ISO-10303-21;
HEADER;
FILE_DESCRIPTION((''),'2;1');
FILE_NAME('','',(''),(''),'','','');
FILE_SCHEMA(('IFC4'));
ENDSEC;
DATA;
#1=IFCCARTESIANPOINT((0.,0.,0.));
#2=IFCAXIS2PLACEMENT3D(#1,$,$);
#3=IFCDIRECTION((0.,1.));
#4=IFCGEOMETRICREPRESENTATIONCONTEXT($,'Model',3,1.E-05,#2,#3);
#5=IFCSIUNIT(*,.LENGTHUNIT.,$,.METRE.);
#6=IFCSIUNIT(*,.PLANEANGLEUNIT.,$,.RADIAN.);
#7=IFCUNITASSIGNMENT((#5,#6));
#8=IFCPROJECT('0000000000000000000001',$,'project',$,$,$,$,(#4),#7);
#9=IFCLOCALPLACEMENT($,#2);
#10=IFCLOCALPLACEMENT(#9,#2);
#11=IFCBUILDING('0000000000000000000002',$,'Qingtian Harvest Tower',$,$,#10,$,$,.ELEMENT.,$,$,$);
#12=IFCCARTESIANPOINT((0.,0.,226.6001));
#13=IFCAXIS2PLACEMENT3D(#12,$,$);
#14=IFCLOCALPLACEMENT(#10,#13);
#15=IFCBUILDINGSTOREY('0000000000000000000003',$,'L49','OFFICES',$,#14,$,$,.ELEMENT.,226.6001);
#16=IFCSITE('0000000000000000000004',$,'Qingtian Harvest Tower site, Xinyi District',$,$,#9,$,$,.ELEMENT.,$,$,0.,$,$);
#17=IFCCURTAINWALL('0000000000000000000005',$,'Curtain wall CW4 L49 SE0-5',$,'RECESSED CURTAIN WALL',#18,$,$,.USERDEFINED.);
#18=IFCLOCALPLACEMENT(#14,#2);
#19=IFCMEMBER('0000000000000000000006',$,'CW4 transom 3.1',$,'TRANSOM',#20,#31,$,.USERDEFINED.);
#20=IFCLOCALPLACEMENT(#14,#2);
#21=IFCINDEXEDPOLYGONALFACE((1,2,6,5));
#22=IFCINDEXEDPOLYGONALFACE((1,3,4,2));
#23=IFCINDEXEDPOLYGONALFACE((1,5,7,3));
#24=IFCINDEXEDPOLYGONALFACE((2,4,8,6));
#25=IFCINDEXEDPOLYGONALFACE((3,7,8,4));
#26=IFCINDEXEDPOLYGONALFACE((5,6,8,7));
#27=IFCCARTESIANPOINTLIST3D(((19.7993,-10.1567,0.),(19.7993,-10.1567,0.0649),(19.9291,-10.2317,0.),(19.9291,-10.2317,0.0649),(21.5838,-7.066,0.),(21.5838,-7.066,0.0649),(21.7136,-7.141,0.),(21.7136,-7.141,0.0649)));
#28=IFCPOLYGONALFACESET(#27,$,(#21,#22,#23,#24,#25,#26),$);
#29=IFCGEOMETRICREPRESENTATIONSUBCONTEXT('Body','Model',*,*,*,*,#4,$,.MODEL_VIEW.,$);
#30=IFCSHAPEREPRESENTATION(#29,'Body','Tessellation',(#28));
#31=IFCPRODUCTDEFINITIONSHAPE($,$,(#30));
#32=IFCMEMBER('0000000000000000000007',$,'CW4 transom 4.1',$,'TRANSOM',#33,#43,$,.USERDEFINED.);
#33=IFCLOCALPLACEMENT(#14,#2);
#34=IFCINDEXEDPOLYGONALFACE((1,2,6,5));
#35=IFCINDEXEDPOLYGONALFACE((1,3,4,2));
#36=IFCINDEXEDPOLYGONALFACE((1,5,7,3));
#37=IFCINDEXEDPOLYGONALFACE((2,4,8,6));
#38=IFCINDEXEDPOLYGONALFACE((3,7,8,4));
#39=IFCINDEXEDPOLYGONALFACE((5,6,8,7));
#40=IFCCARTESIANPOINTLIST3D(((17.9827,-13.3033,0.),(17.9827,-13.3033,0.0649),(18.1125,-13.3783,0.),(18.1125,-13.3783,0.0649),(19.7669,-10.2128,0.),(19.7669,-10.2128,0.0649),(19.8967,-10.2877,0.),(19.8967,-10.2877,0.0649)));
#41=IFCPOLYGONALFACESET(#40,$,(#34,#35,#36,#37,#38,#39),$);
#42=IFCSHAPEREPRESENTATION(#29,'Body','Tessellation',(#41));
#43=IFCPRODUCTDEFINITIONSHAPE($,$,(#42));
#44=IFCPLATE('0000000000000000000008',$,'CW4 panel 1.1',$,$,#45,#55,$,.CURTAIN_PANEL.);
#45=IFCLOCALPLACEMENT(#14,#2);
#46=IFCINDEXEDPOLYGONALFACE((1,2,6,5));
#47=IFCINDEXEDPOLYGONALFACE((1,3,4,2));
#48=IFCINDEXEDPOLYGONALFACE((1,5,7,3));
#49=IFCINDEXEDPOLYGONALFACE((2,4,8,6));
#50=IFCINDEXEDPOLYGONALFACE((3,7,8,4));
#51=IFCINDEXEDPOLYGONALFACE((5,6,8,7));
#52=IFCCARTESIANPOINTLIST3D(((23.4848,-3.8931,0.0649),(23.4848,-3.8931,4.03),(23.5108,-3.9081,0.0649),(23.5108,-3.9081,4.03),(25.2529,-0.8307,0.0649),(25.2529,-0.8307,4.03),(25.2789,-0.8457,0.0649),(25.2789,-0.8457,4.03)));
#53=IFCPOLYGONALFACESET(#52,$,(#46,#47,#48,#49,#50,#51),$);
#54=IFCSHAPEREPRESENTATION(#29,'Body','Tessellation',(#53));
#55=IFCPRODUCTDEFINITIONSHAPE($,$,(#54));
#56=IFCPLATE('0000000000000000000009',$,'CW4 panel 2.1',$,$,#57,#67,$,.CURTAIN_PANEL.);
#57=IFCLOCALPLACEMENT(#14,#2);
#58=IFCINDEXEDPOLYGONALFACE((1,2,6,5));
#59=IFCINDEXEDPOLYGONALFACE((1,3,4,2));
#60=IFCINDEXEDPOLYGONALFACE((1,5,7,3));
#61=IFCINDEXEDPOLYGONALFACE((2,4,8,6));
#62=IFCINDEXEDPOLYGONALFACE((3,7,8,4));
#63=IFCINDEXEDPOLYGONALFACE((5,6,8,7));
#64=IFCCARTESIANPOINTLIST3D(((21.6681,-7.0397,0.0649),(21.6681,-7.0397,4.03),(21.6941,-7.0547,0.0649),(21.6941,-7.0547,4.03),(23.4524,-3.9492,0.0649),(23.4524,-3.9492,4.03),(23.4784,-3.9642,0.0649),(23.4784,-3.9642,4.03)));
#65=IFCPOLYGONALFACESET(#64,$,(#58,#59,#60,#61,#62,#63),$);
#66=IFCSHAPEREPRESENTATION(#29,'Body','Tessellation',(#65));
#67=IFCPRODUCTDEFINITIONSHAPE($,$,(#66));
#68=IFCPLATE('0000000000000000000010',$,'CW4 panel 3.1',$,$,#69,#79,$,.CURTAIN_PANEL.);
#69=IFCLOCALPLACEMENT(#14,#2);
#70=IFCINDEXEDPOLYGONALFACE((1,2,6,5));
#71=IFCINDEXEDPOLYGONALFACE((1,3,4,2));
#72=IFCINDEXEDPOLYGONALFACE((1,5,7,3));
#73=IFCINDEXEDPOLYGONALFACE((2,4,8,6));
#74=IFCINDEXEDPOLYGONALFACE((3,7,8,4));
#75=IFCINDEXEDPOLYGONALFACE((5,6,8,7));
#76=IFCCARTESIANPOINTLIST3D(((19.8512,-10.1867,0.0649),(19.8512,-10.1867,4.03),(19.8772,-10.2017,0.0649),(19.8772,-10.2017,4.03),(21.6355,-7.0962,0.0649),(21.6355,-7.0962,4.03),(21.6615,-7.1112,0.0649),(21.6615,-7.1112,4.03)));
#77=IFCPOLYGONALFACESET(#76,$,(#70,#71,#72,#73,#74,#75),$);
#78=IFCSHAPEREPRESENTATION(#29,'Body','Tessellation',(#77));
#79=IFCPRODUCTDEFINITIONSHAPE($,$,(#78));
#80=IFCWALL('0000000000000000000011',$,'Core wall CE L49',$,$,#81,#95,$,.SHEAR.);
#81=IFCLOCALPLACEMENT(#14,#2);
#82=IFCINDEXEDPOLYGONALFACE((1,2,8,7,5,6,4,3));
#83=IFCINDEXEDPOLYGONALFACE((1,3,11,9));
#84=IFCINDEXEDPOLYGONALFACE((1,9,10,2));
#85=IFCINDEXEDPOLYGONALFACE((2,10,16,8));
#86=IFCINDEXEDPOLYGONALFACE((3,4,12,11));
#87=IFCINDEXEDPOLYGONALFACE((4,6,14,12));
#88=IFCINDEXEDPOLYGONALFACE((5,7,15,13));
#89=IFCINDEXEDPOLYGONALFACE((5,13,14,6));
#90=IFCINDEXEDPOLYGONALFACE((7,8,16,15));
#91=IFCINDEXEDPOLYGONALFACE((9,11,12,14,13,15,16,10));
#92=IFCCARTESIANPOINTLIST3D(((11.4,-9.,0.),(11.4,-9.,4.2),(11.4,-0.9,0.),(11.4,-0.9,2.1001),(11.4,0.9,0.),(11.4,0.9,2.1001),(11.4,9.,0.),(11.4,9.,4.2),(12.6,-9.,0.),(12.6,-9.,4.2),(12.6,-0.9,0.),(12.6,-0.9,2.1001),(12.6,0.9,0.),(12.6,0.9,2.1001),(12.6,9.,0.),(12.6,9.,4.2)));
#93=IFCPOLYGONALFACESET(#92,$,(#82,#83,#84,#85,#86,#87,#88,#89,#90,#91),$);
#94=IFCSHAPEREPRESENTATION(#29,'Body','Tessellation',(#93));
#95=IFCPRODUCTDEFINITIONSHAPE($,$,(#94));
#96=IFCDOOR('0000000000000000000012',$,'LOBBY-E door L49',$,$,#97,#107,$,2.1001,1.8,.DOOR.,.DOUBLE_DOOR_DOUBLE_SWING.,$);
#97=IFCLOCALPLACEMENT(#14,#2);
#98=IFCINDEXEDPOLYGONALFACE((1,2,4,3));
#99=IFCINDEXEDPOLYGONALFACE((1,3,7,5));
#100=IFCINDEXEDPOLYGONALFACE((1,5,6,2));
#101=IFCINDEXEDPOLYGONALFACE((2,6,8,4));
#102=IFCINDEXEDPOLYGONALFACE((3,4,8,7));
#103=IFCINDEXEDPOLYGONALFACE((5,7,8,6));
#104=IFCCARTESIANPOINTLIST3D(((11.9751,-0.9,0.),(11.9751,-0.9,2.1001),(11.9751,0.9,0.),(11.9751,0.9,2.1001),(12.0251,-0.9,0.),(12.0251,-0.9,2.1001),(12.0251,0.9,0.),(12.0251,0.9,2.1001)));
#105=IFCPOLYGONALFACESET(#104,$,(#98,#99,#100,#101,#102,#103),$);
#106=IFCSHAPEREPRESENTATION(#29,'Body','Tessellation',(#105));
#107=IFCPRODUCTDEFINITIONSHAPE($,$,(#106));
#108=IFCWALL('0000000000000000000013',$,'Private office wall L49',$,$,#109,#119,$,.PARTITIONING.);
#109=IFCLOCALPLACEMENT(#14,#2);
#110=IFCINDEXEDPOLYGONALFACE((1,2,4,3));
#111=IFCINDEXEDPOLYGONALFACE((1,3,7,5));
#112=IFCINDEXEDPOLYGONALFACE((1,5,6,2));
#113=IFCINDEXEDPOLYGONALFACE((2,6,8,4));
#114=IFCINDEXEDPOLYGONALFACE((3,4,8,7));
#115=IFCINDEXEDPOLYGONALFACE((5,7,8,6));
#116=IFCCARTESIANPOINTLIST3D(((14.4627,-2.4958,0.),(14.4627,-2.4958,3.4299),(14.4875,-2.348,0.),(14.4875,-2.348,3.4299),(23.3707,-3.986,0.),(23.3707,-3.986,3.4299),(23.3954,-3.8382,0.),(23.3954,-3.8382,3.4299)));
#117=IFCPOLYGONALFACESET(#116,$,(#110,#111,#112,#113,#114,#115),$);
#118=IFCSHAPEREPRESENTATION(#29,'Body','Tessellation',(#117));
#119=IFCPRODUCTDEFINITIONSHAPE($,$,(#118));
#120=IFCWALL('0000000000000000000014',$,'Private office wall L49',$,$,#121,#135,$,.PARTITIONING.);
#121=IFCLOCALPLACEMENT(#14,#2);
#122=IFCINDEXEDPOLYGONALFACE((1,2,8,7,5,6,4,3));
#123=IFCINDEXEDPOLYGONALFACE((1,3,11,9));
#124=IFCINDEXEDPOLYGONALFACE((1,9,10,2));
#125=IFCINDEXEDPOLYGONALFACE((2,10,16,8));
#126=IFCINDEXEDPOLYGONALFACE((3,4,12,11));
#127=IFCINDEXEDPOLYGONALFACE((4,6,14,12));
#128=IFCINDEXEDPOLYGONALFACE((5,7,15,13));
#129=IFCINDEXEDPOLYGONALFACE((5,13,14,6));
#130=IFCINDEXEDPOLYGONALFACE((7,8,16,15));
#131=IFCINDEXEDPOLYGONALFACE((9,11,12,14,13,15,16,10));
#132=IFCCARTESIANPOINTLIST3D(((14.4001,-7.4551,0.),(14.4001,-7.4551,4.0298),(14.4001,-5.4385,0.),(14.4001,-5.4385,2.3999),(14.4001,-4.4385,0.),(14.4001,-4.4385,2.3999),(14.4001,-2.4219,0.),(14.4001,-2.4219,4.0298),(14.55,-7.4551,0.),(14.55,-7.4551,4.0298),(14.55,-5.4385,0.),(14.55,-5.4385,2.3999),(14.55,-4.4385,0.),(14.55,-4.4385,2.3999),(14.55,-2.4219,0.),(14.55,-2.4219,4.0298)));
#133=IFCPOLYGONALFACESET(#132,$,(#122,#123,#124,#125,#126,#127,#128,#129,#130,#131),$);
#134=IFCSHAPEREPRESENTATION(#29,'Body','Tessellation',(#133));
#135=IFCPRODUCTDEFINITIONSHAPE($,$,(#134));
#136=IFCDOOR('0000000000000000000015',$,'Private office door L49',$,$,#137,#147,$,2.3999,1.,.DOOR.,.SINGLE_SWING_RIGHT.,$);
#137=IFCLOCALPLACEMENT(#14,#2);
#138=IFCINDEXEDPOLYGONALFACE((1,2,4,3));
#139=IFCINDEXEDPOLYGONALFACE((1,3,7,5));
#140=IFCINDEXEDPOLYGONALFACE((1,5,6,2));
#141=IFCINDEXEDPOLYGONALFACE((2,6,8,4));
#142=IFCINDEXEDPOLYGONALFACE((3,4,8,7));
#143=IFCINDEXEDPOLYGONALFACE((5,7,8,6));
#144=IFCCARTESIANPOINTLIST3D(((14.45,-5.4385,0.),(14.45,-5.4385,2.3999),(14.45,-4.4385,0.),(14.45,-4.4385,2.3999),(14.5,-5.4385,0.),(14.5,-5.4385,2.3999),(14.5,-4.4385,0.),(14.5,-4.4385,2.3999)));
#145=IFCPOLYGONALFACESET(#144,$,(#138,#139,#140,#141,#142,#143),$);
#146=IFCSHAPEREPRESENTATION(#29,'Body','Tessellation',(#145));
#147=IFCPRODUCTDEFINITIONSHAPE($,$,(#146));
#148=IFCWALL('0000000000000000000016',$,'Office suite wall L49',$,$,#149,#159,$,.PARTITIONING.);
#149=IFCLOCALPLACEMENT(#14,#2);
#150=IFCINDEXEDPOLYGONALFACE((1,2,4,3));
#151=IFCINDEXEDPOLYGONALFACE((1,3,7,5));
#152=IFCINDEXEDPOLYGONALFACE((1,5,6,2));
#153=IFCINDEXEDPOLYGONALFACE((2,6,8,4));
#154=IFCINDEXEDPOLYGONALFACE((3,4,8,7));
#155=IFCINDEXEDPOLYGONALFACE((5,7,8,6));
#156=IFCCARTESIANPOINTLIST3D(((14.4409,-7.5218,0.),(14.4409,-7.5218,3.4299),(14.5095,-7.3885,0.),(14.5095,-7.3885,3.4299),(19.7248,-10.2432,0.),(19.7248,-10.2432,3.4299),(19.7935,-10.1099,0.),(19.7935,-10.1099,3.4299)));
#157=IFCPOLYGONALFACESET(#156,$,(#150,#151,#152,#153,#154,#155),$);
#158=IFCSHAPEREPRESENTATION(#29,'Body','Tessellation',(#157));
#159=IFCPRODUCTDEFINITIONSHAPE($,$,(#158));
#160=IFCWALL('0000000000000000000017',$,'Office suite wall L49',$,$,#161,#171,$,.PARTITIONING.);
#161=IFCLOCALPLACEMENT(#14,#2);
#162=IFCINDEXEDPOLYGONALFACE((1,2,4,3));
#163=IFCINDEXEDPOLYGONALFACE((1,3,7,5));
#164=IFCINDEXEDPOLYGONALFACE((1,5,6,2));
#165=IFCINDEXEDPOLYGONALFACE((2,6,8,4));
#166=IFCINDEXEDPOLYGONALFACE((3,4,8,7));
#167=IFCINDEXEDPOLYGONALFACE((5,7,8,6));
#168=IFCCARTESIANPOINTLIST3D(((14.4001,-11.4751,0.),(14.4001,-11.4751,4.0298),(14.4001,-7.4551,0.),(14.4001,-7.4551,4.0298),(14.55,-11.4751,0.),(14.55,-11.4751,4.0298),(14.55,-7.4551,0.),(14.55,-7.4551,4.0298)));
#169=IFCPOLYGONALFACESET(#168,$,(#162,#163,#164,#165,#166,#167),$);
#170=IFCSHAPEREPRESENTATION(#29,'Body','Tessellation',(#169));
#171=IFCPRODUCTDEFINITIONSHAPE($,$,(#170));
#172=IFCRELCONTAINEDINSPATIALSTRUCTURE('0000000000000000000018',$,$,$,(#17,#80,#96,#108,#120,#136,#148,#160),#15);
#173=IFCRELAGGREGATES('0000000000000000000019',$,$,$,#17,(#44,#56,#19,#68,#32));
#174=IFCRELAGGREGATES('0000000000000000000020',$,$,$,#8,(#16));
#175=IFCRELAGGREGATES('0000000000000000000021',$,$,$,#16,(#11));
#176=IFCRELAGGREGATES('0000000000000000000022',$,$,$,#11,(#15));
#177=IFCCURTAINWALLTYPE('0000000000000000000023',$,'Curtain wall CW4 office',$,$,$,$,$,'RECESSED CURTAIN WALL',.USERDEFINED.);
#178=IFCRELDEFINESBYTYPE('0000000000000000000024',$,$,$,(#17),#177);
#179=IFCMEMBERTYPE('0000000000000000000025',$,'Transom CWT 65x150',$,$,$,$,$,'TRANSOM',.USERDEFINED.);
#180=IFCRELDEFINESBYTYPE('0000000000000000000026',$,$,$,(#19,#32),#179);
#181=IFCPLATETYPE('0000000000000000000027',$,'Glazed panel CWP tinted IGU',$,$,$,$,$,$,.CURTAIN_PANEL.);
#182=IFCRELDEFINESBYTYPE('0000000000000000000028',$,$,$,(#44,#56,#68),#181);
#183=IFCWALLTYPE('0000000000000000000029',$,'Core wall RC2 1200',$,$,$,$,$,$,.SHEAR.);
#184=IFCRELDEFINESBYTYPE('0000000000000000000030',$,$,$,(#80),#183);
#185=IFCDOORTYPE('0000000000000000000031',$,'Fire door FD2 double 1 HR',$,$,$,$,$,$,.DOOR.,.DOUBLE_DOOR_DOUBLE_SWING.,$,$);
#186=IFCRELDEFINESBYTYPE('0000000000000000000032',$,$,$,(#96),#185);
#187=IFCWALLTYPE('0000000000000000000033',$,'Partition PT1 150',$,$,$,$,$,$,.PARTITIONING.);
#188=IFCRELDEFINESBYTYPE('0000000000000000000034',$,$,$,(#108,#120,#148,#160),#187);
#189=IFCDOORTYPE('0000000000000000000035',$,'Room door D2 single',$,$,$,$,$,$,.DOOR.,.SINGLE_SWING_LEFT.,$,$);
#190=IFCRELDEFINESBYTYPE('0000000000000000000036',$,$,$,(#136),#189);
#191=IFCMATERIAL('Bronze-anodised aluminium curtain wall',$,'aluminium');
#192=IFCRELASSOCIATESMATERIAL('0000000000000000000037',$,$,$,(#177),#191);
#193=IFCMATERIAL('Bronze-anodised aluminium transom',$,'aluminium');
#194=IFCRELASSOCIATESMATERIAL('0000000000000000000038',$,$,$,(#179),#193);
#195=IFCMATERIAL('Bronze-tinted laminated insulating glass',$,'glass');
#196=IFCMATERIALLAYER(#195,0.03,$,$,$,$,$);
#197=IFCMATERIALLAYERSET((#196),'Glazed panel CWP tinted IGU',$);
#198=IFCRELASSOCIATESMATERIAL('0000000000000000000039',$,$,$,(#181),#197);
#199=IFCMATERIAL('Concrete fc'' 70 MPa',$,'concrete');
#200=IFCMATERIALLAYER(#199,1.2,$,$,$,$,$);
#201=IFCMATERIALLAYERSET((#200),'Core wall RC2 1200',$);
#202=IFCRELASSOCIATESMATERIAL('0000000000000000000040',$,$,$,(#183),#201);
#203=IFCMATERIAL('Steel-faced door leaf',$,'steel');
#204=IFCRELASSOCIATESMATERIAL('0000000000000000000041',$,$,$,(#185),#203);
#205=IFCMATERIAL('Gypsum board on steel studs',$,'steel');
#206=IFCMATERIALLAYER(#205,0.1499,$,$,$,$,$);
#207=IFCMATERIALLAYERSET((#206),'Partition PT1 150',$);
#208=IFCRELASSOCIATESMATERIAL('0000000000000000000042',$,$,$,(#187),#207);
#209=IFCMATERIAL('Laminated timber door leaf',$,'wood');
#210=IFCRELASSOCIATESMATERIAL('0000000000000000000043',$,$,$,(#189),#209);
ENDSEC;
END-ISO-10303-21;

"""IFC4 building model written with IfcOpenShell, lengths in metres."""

from ifc_helpers import new_model, si_unit, direction, frame, frame_2d, origin, origin_2d, place, context, subcontext, project, spatial, rectangle, extrude, material, layer, layer_set, material_profile, profile_set, type_object, element, fill, aggregate, save


model = new_model("IFC4")

# Units and contexts
model_context = context("Model", 3, precision=1e-05, world=origin(), true_north=direction((0.0, 1.0)))
body_context = subcontext(model_context, "Body", "Model", "MODEL_VIEW")
ifc_project = project(units=[si_unit("LENGTHUNIT", "METRE"), si_unit("PLANEANGLEUNIT", "RADIAN")], contexts=[model_context])

# Site, building, storey
site_placement = place(None, origin())
site = spatial("IfcSite", under=ifc_project, at=site_placement, Name="Qingtian Harvest Tower site, Xinyi District", CompositionType="ELEMENT", RefElevation=0.0)
building_placement = place(site_placement, origin())
building = spatial("IfcBuilding", under=site, at=building_placement, Name="Qingtian Harvest Tower", CompositionType="ELEMENT")
storey_placement = place(building_placement, frame((0.0, 0.0, 226.6001)))
storey = spatial("IfcBuildingStorey", under=building, at=storey_placement, Name="L49", Description="OFFICES", CompositionType="ELEMENT", Elevation=226.6001)

# Shared definitions
ifc_material_1 = material(Name="Bronze-anodised aluminium curtain wall", Category="aluminium")
curtain_wall_type = type_object("IfcCurtainWallType", Name="Curtain wall CW4 office", ElementType="RECESSED CURTAIN WALL", PredefinedType="USERDEFINED", material=ifc_material_1)

# Curtain wall
curtain_wall_1_placement = place(storey_placement, origin())
curtain_wall_1 = element("IfcCurtainWall", 1, at=curtain_wall_1_placement, inside=storey, type_object=curtain_wall_type, Name="Curtain wall CW4 L49 SE0-5", ObjectType="RECESSED CURTAIN WALL", PredefinedType="USERDEFINED")

# Members
ifc_material_2 = material(Name="Bronze-anodised aluminium transom", Category="aluminium")
ifc_material_profile_1 = material_profile(ifc_material_2, rectangle(XDim=0.1499, YDim=0.0649, at=origin_2d()), Name="AL 65x150")
ifc_profile_set_1 = profile_set([ifc_material_profile_1], Name="Bronze-anodised aluminium transom")
member_type_1 = type_object("IfcMemberType", Name="Transom CWT 65x150", ElementType="TRANSOM", PredefinedType="USERDEFINED", material=ifc_profile_set_1)
member_1_placement = place(storey_placement, frame((21.6487, -7.1035, 0.0325), z_axis=(-0.500017, -0.866016, 0.0), x_axis=(0.866016, -0.500017, 0.0)))
member_1 = element("IfcMember", 2, at=member_1_placement, type_object=member_type_1, Name="CW4 transom 3.1", ObjectType="TRANSOM", PredefinedType="USERDEFINED", context=body_context, shape_type="SweptSolid", body=[
    extrude(rectangle(XDim=0.1499, YDim=0.0649, at=origin_2d()), origin(), (0.0, 0.0, 1.0), 3.5688),
])
member_2_placement = place(storey_placement, frame((19.8318, -10.2502, 0.0325), z_axis=(-0.499965, -0.866045, 0.0), x_axis=(0.866045, -0.499965, 0.0)))
member_2 = element("IfcMember", 3, at=member_2_placement, type_object=member_type_1, Name="CW4 transom 4.1", ObjectType="TRANSOM", PredefinedType="USERDEFINED", context=body_context, shape_type="SweptSolid", body=[
    extrude(rectangle(XDim=0.1499, YDim=0.0649, at=origin_2d()), origin(), (0.0, 0.0, 1.0), 3.5686),
])

# Plates
ifc_material_3 = material(Name="Bronze-tinted laminated insulating glass", Category="glass")
ifc_layer_1 = layer(ifc_material_3, 0.03)
ifc_layer_set_1 = layer_set([ifc_layer_1], Name="Glazed panel CWP tinted IGU")
plate_type = type_object("IfcPlateType", Name="Glazed panel CWP tinted IGU", PredefinedType="CURTAIN_PANEL", material=ifc_layer_set_1)
plate_1_placement = place(storey_placement, frame((24.3818, -2.3694, 0.0649), z_axis=(0.0, 0.0, 1.0), x_axis=(-0.5, -0.866025, 0.0)))
plate_1 = element("IfcPlate", 4, at=plate_1_placement, type_object=plate_type, Name="CW4 panel 1.1", PredefinedType="CURTAIN_PANEL", context=body_context, shape_type="SweptSolid", body=[
    extrude(rectangle(XDim=3.5361, YDim=0.03, at=origin_2d()), origin(), (0.0, 0.0, 1.0), 3.9651),
])
plate_2_placement = place(storey_placement, frame((22.5732, -5.502, 0.0649), z_axis=(0.0, 0.0, 1.0), x_axis=(-0.5, -0.866025, 0.0)))
plate_2 = element("IfcPlate", 5, at=plate_2_placement, type_object=plate_type, Name="CW4 panel 2.1", PredefinedType="CURTAIN_PANEL", context=body_context, shape_type="SweptSolid", body=[
    extrude(rectangle(XDim=3.5686, YDim=0.03, at=origin_2d()), origin(), (0.0, 0.0, 1.0), 3.9651),
])
plate_3_placement = place(storey_placement, frame((20.7563, -8.6489, 0.0649), z_axis=(0.0, 0.0, 1.0), x_axis=(-0.5, -0.866025, 0.0)))
plate_3 = element("IfcPlate", 6, at=plate_3_placement, type_object=plate_type, Name="CW4 panel 3.1", PredefinedType="CURTAIN_PANEL", context=body_context, shape_type="SweptSolid", body=[
    extrude(rectangle(XDim=3.5686, YDim=0.03, at=origin_2d()), origin(), (0.0, 0.0, 1.0), 3.9651),
])
aggregate(curtain_wall_1, [plate_1, plate_2, member_1, plate_3, member_2])

# Wall, opening, door
ifc_material_4 = material(Name="Concrete fc' 70 MPa", Category="concrete")
ifc_layer_2 = layer(ifc_material_4, 1.2)
ifc_layer_set_2 = layer_set([ifc_layer_2], Name="Core wall RC2 1200")
wall_type_1 = type_object("IfcWallType", Name="Core wall RC2 1200", PredefinedType="SHEAR", material=ifc_layer_set_2)
wall_1_placement = place(storey_placement, frame((12.0, -9.0, 0.0), z_axis=(0.0, 0.0, 1.0), x_axis=(0.0, 1.0, 0.0)))
wall_1 = element("IfcWall", 7, at=wall_1_placement, inside=storey, type_object=wall_type_1, Name="Core wall CE L49", PredefinedType="SHEAR", context=body_context, shape_type="SweptSolid", body=[
    extrude(rectangle(XDim=18.0, YDim=1.2, at=frame_2d((9.0, 0.0))), origin(), (0.0, 0.0, 1.0), 4.2),
])
opening_1_placement = place(wall_1_placement, frame((8.1001, 0.0, 0.0)))
opening_1 = element("IfcOpeningElement", 8, at=opening_1_placement, cuts=wall_1, PredefinedType="OPENING", context=body_context, shape_type="SweptSolid", body=[
    extrude(rectangle(XDim=1.8, YDim=2.1001, at=frame_2d((0.8999, 1.05))), frame((0.0, 0.6099, 0.0), z_axis=(0.0, -1.0, 0.0), x_axis=(1.0, 0.0, 0.0)), (0.0, 0.0, 1.0), 1.22),
])
ifc_material_5 = material(Name="Steel-faced door leaf", Category="steel")
door_type_1 = type_object("IfcDoorType", Name="Fire door FD2 double 1 HR", OperationType="DOUBLE_DOOR_DOUBLE_SWING", PredefinedType="DOOR", material=ifc_material_5)
door_1_placement = place(opening_1_placement, origin())
door_1 = element("IfcDoor", 9, at=door_1_placement, inside=storey, type_object=door_type_1, Name="LOBBY-E door L49", OperationType="DOUBLE_DOOR_DOUBLE_SWING", OverallHeight=2.1001, OverallWidth=1.8, PredefinedType="DOOR", context=body_context, shape_type="SweptSolid", body=[
    extrude(rectangle(XDim=1.8, YDim=2.1001, at=frame_2d((0.8999, 1.05))), frame((0.0, 0.0249, 0.0), z_axis=(0.0, -1.0, 0.0), x_axis=(1.0, 0.0, 0.0)), (0.0, 0.0, 1.0), 0.05),
])
fill(opening_1, door_1)

# Wall
ifc_material_6 = material(Name="Gypsum board on steel studs", Category="steel")
ifc_layer_3 = layer(ifc_material_6, 0.1499)
ifc_layer_set_3 = layer_set([ifc_layer_3], Name="Partition PT1 150")
wall_type_2 = type_object("IfcWallType", Name="Partition PT1 150", PredefinedType="PARTITIONING", material=ifc_layer_set_3)
wall_2_placement = place(storey_placement, frame((23.3831, -3.9121, 0.0), z_axis=(0.0, 0.0, 1.0), x_axis=(-0.986294, 0.164999, 0.0)))
element("IfcWall", 10, at=wall_2_placement, inside=storey, type_object=wall_type_2, Name="Private office wall L49", PredefinedType="PARTITIONING", context=body_context, shape_type="SweptSolid", body=[
    extrude(rectangle(XDim=9.0317, YDim=0.1499, at=frame_2d((4.5159, 0.0))), origin(), (0.0, 0.0, 1.0), 3.4299),
])

# Wall, opening, door
wall_3_placement = place(storey_placement, frame((14.4751, -2.4219, 0.0), z_axis=(0.0, 0.0, 1.0), x_axis=(0.0, -1.0, 0.0)))
wall_3 = element("IfcWall", 11, at=wall_3_placement, inside=storey, type_object=wall_type_2, Name="Private office wall L49", PredefinedType="PARTITIONING", context=body_context, shape_type="SweptSolid", body=[
    extrude(rectangle(XDim=5.0332, YDim=0.1499, at=frame_2d((2.5166, 0.0))), origin(), (0.0, 0.0, 1.0), 4.0298),
])
opening_2_placement = place(wall_3_placement, frame((2.0166, 0.0, 0.0)))
opening_2 = element("IfcOpeningElement", 12, at=opening_2_placement, cuts=wall_3, PredefinedType="OPENING", context=body_context, shape_type="SweptSolid", body=[
    extrude(rectangle(XDim=1.0, YDim=2.3999, at=frame_2d((0.5, 1.2))), frame((0.0, 0.085, 0.0), z_axis=(0.0, -1.0, 0.0), x_axis=(1.0, 0.0, 0.0)), (0.0, 0.0, 1.0), 0.1699),
])
ifc_material_7 = material(Name="Laminated timber door leaf", Category="wood")
door_type_2 = type_object("IfcDoorType", Name="Room door D2 single", OperationType="SINGLE_SWING_LEFT", PredefinedType="DOOR", material=ifc_material_7)
door_2_placement = place(opening_2_placement, origin())
door_2 = element("IfcDoor", 13, at=door_2_placement, inside=storey, type_object=door_type_2, Name="Private office door L49", OperationType="SINGLE_SWING_RIGHT", OverallHeight=2.3999, OverallWidth=1.0, PredefinedType="DOOR", context=body_context, shape_type="SweptSolid", body=[
    extrude(rectangle(XDim=1.0, YDim=2.3999, at=frame_2d((0.5, 1.2))), frame((0.0, 0.0249, 0.0), z_axis=(0.0, -1.0, 0.0), x_axis=(1.0, 0.0, 0.0)), (0.0, 0.0, 1.0), 0.05),
])
fill(opening_2, door_2)

# Walls
wall_4_placement = place(storey_placement, frame((19.759, -10.1765, 0.0), z_axis=(0.0, 0.0, 1.0), x_axis=(-0.889015, 0.457878, 0.0)))
element("IfcWall", 14, at=wall_4_placement, inside=storey, type_object=wall_type_2, Name="Office suite wall L49", PredefinedType="PARTITIONING", context=body_context, shape_type="SweptSolid", body=[
    extrude(rectangle(XDim=5.9436, YDim=0.1499, at=frame_2d((2.9717, 0.0))), origin(), (0.0, 0.0, 1.0), 3.4299),
])
wall_5_placement = place(storey_placement, frame((14.4751, -7.4551, 0.0), z_axis=(0.0, 0.0, 1.0), x_axis=(0.0, -1.0, 0.0)))
element("IfcWall", 15, at=wall_5_placement, inside=storey, type_object=wall_type_2, Name="Office suite wall L49", PredefinedType="PARTITIONING", context=body_context, shape_type="SweptSolid", body=[
    extrude(rectangle(XDim=4.02, YDim=0.1499, at=frame_2d((2.01, 0.0))), origin(), (0.0, 0.0, 1.0), 4.0298),
])

save(model, "model.ifc")
